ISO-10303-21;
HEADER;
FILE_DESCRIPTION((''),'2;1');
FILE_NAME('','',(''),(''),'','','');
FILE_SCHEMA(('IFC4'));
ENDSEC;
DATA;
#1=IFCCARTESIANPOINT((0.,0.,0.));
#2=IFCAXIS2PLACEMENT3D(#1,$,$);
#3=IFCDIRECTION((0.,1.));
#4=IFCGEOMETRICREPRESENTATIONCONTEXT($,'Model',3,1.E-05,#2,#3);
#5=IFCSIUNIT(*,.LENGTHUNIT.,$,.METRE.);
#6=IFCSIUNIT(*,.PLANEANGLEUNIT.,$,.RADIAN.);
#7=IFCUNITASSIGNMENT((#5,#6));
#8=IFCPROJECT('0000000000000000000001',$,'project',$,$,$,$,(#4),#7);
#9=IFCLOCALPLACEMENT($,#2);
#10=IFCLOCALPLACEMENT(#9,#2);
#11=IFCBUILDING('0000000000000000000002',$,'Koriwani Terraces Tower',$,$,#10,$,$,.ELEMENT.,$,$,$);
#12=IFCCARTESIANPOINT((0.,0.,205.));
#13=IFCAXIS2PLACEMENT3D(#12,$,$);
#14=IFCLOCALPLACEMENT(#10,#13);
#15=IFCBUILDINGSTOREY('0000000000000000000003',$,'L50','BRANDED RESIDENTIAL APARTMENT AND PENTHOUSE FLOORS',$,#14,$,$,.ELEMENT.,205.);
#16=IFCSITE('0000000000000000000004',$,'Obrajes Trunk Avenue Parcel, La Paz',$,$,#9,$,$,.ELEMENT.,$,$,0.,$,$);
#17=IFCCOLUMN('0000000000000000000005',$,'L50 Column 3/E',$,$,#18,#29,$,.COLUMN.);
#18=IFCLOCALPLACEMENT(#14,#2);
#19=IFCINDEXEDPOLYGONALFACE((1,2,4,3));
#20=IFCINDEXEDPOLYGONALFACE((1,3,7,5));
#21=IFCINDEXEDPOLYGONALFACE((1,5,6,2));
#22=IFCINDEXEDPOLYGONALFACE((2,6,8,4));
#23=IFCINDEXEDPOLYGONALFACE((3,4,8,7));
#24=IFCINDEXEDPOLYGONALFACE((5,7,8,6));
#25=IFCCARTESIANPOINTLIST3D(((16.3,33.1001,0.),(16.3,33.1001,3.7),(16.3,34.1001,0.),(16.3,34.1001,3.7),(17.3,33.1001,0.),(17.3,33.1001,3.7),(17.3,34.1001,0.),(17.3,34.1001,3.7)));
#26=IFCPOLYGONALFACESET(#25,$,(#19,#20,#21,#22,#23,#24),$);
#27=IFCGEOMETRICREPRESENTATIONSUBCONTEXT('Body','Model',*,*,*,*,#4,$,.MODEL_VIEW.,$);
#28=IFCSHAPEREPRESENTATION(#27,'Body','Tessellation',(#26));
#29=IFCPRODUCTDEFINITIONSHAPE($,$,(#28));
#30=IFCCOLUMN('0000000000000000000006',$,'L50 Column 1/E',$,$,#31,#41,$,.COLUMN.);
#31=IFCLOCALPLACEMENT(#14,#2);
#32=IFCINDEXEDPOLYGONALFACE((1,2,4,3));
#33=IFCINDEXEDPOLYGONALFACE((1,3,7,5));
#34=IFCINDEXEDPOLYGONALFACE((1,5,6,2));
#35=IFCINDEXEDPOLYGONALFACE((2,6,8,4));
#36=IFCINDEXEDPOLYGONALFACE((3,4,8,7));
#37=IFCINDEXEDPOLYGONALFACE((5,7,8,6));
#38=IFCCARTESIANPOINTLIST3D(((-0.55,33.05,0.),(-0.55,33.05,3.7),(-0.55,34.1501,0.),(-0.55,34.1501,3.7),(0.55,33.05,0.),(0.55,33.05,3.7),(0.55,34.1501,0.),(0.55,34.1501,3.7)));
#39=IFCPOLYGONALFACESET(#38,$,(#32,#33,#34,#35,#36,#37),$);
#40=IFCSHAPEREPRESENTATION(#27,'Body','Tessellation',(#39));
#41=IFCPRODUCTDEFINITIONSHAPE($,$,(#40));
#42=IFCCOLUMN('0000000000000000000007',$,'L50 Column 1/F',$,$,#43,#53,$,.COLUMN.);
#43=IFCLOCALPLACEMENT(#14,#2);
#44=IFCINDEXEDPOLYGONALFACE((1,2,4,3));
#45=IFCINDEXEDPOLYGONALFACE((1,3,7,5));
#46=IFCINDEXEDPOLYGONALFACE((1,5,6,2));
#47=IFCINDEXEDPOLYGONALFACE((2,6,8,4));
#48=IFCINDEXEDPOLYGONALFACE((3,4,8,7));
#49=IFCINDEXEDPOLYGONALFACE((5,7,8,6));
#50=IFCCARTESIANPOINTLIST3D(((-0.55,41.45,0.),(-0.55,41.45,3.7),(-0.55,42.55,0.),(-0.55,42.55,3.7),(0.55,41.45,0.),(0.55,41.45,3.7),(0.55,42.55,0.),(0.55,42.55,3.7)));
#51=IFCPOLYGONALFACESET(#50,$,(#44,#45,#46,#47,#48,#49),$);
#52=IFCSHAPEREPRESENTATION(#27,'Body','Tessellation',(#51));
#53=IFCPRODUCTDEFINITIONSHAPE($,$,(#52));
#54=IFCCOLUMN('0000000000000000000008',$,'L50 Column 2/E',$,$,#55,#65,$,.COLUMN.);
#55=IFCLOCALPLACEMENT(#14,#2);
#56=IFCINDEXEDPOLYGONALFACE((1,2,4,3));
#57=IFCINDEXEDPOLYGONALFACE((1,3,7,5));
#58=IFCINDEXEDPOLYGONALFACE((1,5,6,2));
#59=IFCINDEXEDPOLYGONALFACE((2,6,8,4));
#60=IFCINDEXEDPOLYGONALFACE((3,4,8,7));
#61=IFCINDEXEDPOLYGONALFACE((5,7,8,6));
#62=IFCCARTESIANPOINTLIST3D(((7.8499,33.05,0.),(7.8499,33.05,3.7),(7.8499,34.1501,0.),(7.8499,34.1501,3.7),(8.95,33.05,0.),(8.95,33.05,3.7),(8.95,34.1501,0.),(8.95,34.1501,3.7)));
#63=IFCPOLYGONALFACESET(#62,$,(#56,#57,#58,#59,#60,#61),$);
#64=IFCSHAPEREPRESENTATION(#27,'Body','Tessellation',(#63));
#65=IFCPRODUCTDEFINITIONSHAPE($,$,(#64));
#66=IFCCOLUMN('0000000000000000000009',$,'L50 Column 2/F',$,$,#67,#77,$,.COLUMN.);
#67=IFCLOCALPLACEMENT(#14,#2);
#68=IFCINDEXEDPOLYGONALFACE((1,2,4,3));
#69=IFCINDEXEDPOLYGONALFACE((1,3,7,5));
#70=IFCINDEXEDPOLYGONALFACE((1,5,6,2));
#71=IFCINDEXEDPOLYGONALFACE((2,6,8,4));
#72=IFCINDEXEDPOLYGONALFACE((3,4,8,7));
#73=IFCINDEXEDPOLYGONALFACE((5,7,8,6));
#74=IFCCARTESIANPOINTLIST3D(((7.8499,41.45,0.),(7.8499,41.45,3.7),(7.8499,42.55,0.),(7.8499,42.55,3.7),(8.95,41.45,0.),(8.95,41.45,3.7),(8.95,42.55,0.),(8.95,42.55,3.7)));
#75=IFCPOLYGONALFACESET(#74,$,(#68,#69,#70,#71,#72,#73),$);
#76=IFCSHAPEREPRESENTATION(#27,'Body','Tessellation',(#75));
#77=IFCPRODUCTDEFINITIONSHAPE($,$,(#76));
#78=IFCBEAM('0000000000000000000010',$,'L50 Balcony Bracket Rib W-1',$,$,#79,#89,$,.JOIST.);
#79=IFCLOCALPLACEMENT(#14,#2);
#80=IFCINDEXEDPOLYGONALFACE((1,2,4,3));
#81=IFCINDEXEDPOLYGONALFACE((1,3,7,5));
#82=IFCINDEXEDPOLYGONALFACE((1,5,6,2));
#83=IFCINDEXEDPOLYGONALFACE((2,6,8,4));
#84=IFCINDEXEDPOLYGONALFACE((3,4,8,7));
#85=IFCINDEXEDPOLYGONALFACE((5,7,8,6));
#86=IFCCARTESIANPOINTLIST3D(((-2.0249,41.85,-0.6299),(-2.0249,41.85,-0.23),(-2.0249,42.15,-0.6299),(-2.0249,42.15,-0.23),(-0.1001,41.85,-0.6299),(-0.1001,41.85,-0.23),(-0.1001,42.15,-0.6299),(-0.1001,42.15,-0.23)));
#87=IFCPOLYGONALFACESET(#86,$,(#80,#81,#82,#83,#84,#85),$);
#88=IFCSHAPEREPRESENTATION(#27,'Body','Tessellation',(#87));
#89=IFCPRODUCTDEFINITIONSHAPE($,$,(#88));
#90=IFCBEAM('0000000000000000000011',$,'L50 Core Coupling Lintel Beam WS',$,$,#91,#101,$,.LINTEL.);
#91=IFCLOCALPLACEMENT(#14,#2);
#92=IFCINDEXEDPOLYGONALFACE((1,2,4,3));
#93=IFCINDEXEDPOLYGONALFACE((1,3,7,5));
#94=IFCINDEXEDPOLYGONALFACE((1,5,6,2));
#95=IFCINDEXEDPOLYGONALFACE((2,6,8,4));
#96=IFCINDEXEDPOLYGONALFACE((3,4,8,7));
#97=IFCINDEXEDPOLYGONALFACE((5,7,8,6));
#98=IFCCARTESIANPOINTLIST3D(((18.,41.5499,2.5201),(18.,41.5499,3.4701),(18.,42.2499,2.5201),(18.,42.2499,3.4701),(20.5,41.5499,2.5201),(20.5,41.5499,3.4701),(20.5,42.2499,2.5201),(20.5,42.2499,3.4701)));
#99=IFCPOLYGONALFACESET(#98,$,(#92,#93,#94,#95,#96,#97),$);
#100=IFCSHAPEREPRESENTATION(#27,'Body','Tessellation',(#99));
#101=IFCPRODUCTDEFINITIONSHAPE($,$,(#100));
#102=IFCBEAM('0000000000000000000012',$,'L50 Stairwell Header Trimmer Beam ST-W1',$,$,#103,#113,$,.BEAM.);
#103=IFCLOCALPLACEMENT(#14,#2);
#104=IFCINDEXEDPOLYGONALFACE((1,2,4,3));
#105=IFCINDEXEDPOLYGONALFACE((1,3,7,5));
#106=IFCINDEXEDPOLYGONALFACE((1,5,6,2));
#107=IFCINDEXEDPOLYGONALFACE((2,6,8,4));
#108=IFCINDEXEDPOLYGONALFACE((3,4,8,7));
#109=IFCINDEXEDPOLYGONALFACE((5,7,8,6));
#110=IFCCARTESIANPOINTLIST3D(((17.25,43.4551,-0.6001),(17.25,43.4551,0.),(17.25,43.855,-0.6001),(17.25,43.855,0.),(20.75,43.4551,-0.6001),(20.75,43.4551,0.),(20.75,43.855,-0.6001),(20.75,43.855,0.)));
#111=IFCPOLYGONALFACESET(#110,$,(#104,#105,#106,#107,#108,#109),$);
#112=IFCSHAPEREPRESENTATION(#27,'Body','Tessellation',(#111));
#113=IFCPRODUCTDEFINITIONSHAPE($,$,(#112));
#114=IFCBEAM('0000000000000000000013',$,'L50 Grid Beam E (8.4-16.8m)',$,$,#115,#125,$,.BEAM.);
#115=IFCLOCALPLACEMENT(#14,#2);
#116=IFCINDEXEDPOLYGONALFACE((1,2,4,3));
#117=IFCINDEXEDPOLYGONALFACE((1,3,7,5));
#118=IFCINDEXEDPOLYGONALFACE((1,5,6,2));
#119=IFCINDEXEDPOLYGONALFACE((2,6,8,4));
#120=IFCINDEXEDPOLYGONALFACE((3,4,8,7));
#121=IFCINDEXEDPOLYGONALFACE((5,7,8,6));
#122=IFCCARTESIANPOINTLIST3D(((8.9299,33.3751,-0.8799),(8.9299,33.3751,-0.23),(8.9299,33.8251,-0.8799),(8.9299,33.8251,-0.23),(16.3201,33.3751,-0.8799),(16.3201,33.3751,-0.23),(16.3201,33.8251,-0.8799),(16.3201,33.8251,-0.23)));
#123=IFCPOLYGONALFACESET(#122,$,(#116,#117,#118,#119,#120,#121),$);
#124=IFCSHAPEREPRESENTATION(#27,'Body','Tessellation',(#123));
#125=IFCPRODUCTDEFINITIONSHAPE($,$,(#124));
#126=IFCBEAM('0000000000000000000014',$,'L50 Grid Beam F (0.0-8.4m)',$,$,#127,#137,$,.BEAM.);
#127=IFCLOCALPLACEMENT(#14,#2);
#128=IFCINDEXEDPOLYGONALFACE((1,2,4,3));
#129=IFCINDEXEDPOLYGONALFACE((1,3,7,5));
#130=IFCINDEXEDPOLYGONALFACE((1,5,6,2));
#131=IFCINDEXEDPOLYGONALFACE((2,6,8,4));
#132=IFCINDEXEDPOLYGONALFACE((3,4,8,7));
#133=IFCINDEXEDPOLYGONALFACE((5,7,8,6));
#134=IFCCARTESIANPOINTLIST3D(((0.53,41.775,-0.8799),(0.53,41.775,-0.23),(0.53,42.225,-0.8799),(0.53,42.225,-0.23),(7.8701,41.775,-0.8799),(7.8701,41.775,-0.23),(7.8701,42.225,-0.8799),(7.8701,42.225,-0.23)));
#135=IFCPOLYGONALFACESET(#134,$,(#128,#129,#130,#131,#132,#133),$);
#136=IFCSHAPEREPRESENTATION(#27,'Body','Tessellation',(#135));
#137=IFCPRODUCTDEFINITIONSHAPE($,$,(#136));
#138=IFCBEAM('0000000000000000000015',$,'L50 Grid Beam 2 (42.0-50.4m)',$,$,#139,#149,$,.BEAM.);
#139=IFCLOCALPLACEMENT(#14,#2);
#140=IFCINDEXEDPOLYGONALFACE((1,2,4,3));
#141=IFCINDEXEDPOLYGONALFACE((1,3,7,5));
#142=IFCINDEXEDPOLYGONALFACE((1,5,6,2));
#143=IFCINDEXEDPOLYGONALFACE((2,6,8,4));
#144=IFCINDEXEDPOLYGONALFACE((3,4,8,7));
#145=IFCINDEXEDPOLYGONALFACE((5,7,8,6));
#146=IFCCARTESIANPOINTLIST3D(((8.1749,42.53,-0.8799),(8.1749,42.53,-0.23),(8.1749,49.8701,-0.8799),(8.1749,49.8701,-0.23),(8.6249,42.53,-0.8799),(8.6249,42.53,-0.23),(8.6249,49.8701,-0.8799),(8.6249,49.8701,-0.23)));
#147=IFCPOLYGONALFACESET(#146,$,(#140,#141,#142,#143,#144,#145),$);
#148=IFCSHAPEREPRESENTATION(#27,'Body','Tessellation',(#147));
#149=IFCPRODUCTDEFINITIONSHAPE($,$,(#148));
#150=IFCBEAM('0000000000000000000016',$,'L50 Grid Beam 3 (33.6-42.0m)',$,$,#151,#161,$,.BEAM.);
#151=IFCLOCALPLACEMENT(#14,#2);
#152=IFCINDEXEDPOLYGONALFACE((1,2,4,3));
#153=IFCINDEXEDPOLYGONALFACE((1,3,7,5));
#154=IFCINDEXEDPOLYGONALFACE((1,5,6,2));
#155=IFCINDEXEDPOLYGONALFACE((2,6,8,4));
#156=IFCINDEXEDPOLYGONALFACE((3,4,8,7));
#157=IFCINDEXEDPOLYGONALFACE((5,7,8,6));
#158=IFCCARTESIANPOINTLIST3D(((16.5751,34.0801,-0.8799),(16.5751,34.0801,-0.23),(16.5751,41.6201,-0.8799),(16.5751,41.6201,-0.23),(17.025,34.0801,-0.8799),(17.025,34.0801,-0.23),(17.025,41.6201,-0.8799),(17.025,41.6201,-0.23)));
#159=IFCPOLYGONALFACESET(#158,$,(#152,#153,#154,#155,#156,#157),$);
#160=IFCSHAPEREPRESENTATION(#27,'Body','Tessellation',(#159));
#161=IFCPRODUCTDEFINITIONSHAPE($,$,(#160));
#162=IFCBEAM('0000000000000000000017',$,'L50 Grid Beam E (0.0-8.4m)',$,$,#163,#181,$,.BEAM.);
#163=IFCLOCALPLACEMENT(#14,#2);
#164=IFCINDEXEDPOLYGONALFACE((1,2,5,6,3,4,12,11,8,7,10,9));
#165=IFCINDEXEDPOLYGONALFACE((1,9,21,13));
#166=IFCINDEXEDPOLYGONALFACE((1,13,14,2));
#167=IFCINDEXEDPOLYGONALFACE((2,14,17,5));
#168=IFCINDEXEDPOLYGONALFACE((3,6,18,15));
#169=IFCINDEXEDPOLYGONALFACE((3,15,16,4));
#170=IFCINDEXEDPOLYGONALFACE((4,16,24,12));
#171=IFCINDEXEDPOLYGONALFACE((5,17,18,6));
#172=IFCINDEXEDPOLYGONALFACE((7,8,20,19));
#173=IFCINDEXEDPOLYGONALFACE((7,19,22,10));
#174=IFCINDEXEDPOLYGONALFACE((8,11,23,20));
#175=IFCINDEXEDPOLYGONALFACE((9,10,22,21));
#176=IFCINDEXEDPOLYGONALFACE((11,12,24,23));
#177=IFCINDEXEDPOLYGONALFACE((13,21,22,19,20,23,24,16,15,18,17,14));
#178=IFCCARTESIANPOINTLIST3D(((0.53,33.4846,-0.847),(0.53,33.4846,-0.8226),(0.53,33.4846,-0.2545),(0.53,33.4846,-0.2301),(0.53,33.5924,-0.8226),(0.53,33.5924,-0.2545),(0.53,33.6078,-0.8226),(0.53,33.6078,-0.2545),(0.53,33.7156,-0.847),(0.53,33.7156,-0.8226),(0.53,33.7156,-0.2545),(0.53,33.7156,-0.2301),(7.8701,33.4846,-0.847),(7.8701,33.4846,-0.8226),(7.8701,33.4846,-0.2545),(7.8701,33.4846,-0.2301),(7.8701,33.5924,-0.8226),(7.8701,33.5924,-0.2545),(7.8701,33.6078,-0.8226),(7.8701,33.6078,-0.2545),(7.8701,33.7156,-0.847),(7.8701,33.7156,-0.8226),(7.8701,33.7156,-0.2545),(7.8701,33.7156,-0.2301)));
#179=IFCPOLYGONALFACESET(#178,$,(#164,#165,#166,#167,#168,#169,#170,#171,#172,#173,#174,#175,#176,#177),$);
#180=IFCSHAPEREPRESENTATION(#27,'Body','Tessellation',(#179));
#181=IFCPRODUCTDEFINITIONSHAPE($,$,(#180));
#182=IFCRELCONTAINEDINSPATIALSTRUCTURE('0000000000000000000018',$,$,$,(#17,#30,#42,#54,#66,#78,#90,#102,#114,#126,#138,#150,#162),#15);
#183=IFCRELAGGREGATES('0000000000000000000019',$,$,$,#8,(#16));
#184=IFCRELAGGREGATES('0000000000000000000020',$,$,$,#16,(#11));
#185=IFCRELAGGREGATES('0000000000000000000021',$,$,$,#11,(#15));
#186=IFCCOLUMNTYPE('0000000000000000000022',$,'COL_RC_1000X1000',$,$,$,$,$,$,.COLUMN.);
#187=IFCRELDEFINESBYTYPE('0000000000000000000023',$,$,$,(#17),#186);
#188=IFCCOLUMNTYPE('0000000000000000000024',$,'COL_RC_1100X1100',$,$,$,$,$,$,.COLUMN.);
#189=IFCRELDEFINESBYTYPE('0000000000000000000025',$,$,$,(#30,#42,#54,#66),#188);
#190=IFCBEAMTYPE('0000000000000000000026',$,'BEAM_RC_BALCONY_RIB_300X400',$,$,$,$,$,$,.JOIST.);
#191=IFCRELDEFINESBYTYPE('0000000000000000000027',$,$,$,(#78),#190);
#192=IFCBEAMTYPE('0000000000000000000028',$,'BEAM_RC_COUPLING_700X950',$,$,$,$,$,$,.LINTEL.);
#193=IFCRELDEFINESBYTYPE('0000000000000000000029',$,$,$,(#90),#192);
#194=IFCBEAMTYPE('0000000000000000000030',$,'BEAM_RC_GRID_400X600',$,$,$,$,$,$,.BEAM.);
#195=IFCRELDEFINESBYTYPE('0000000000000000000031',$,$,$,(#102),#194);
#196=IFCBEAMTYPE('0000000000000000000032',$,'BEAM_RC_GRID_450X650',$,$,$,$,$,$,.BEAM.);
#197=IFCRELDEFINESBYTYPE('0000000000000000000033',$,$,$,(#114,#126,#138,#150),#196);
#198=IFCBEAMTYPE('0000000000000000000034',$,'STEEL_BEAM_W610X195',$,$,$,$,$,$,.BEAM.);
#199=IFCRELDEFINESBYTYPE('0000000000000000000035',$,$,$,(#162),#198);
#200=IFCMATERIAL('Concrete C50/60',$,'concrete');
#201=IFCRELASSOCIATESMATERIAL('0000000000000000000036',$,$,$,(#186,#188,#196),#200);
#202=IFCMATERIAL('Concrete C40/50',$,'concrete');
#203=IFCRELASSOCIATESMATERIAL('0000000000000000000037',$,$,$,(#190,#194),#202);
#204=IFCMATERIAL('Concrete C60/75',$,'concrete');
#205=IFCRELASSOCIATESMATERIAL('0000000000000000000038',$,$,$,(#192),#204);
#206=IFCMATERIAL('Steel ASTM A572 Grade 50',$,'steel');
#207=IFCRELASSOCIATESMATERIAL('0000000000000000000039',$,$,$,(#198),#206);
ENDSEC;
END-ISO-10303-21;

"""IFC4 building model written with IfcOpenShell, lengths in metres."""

from ifc_helpers import new_model, si_unit, direction, frame, origin, origin_2d, place, context, subcontext, project, spatial, rectangle, i_section, extrude, material, material_profile, profile_set, type_object, element, save


model = new_model("IFC4")

# Units and contexts
model_context = context("Model", 3, precision=1e-05, world=origin(), true_north=direction((0.0, 1.0)))
body_context = subcontext(model_context, "Body", "Model", "MODEL_VIEW")
ifc_project = project(units=[si_unit("LENGTHUNIT", "METRE"), si_unit("PLANEANGLEUNIT", "RADIAN")], contexts=[model_context])

# Site, building, storey
site_placement = place(None, origin())
site = spatial("IfcSite", under=ifc_project, at=site_placement, Name="Obrajes Trunk Avenue Parcel, La Paz", CompositionType="ELEMENT", RefElevation=0.0)
building_placement = place(site_placement, origin())
building = spatial("IfcBuilding", under=site, at=building_placement, Name="Koriwani Terraces Tower", CompositionType="ELEMENT")
storey_placement = place(building_placement, frame((0.0, 0.0, 205.0)))
storey = spatial("IfcBuildingStorey", under=building, at=storey_placement, Name="L50", Description="BRANDED RESIDENTIAL APARTMENT AND PENTHOUSE FLOORS", CompositionType="ELEMENT", Elevation=205.0)

# Columns
ifc_material_1 = material(Name="Concrete C50/60", Category="concrete")
ifc_material_profile_1 = material_profile(ifc_material_1, rectangle(XDim=1.0, YDim=1.0, at=origin_2d()), Name="Concrete C50/60", Category="LoadBearing")
ifc_profile_set_1 = profile_set([ifc_material_profile_1], Name="Concrete C50/60")
column_type_1 = type_object("IfcColumnType", Name="COL_RC_1000X1000", PredefinedType="COLUMN", material=ifc_profile_set_1)
column_placement = place(storey_placement, frame((16.8, 33.6001, 0.0), z_axis=(0.0, 0.0, 1.0), x_axis=(1.0, 0.0, 0.0)))
element("IfcColumn", 1, at=column_placement, inside=storey, type_object=column_type_1, Name="L50 Column 3/E", PredefinedType="COLUMN", context=body_context, shape_type="SweptSolid", body=[
    extrude(rectangle(XDim=1.0, YDim=1.0, at=origin_2d()), origin(), (0.0, 0.0, 1.0), 3.7),
])
ifc_material_profile_2 = material_profile(ifc_material_1, rectangle(XDim=1.1001, YDim=1.1001, at=origin_2d()), Name="Concrete C50/60", Category="LoadBearing")
ifc_profile_set_2 = profile_set([ifc_material_profile_2], Name="Concrete C50/60")
column_type_2 = type_object("IfcColumnType", Name="COL_RC_1100X1100", PredefinedType="COLUMN", material=ifc_profile_set_2)
for number, where, z_axis, x_axis, name in (
    (2, (0.0, 33.6001, 0.0), (0.0, 0.0, 1.0), (1.0, 0.0, 0.0), "L50 Column 1/E"),
    (3, (0.0, 42.0, 0.0), (0.0, 0.0, 1.0), (1.0, 0.0, 0.0), "L50 Column 1/F"),
    (4, (8.3999, 33.6001, 0.0), (0.0, 0.0, 1.0), (1.0, 0.0, 0.0), "L50 Column 2/E"),
    (5, (8.3999, 42.0, 0.0), (0.0, 0.0, 1.0), (1.0, 0.0, 0.0), "L50 Column 2/F"),
):
    element("IfcColumn", number, at=place(storey_placement, frame(where, z_axis=z_axis, x_axis=x_axis)), inside=storey, type_object=column_type_2, Name=name, PredefinedType="COLUMN", context=body_context, shape_type="SweptSolid", body=[
        extrude(rectangle(XDim=1.1001, YDim=1.1001, at=origin_2d()), origin(), (0.0, 0.0, 1.0), 3.7),
    ])

# Beams
ifc_material_2 = material(Name="Concrete C40/50", Category="concrete")
ifc_material_profile_3 = material_profile(ifc_material_2, rectangle(XDim=0.3, YDim=0.3999, at=origin_2d()), Name="Concrete C40/50", Category="LoadBearing")
ifc_profile_set_3 = profile_set([ifc_material_profile_3], Name="Concrete C40/50")
beam_type_1 = type_object("IfcBeamType", Name="BEAM_RC_BALCONY_RIB_300X400", PredefinedType="JOIST", material=ifc_profile_set_3)
beam_1_placement = place(storey_placement, frame((-2.0249, 42.0, -0.4299), z_axis=(1.0, 0.0, 0.0), x_axis=(0.0, 1.0, 0.0)))
element("IfcBeam", 6, at=beam_1_placement, inside=storey, type_object=beam_type_1, Name="L50 Balcony Bracket Rib W-1", PredefinedType="JOIST", context=body_context, shape_type="SweptSolid", body=[
    extrude(rectangle(XDim=0.3, YDim=0.3999, at=origin_2d()), origin(), (0.0, 0.0, 1.0), 1.9248),
])
ifc_material_3 = material(Name="Concrete C60/75", Category="concrete")
ifc_material_profile_4 = material_profile(ifc_material_3, rectangle(XDim=0.7, YDim=0.95, at=origin_2d()), Name="Concrete C60/75", Category="LoadBearing")
ifc_profile_set_4 = profile_set([ifc_material_profile_4], Name="Concrete C60/75")
beam_type_2 = type_object("IfcBeamType", Name="BEAM_RC_COUPLING_700X950", PredefinedType="LINTEL", material=ifc_profile_set_4)
beam_2_placement = place(storey_placement, frame((18.0, 41.8999, 2.9951), z_axis=(1.0, 0.0, 0.0), x_axis=(0.0, 1.0, 0.0)))
element("IfcBeam", 7, at=beam_2_placement, inside=storey, type_object=beam_type_2, Name="L50 Core Coupling Lintel Beam WS", PredefinedType="LINTEL", context=body_context, shape_type="SweptSolid", body=[
    extrude(rectangle(XDim=0.7, YDim=0.95, at=origin_2d()), origin(), (0.0, 0.0, 1.0), 2.5),
])
ifc_material_profile_5 = material_profile(ifc_material_2, rectangle(XDim=0.3999, YDim=0.6001, at=origin_2d()), Name="Concrete C40/50", Category="LoadBearing")
ifc_profile_set_5 = profile_set([ifc_material_profile_5], Name="Concrete C40/50")
beam_type_3 = type_object("IfcBeamType", Name="BEAM_RC_GRID_400X600", PredefinedType="BEAM", material=ifc_profile_set_5)
beam_3_placement = place(storey_placement, frame((17.25, 43.655, -0.3), z_axis=(1.0, 0.0, 0.0), x_axis=(0.0, 1.0, 0.0)))
element("IfcBeam", 8, at=beam_3_placement, inside=storey, type_object=beam_type_3, Name="L50 Stairwell Header Trimmer Beam ST-W1", PredefinedType="BEAM", context=body_context, shape_type="SweptSolid", body=[
    extrude(rectangle(XDim=0.3999, YDim=0.6001, at=origin_2d()), origin(), (0.0, 0.0, 1.0), 3.5),
])
ifc_material_profile_6 = material_profile(ifc_material_1, rectangle(XDim=0.45, YDim=0.6499, at=origin_2d()), Name="Concrete C50/60", Category="LoadBearing")
ifc_profile_set_6 = profile_set([ifc_material_profile_6], Name="Concrete C50/60")
beam_type_4 = type_object("IfcBeamType", Name="BEAM_RC_GRID_450X650", PredefinedType="BEAM", material=ifc_profile_set_6)
beam_4_placement = place(storey_placement, frame((8.9299, 33.6001, -0.5549), z_axis=(1.0, 0.0, 0.0), x_axis=(0.0, 1.0, 0.0)))
element("IfcBeam", 9, at=beam_4_placement, inside=storey, type_object=beam_type_4, Name="L50 Grid Beam E (8.4-16.8m)", PredefinedType="BEAM", context=body_context, shape_type="SweptSolid", body=[
    extrude(rectangle(XDim=0.45, YDim=0.6499, at=origin_2d()), origin(), (0.0, 0.0, 1.0), 7.3901),
])
for number, where, z_axis, x_axis, name in (
    (10, (0.53, 42.0, -0.5549), (1.0, 0.0, 0.0), (0.0, 1.0, 0.0), "L50 Grid Beam F (0.0-8.4m)"),
    (11, (8.3999, 42.53, -0.5549), (0.0, 1.0, 0.0), (-1.0, 0.0, 0.0), "L50 Grid Beam 2 (42.0-50.4m)"),
):
    element("IfcBeam", number, at=place(storey_placement, frame(where, z_axis=z_axis, x_axis=x_axis)), inside=storey, type_object=beam_type_4, Name=name, PredefinedType="BEAM", context=body_context, shape_type="SweptSolid", body=[
        extrude(rectangle(XDim=0.45, YDim=0.6499, at=origin_2d()), origin(), (0.0, 0.0, 1.0), 7.3401),
    ])
beam_5_placement = place(storey_placement, frame((16.8, 34.0801, -0.5549), z_axis=(0.0, 1.0, 0.0), x_axis=(-1.0, 0.0, 0.0)))
element("IfcBeam", 12, at=beam_5_placement, inside=storey, type_object=beam_type_4, Name="L50 Grid Beam 3 (33.6-42.0m)", PredefinedType="BEAM", context=body_context, shape_type="SweptSolid", body=[
    extrude(rectangle(XDim=0.45, YDim=0.6499, at=origin_2d()), origin(), (0.0, 0.0, 1.0), 7.54),
])
ifc_material_4 = material(Name="Steel ASTM A572 Grade 50", Category="steel")
ifc_material_profile_7 = material_profile(ifc_material_4, i_section(OverallWidth=0.231, OverallDepth=0.6169, WebThickness=0.0154, FlangeThickness=0.0244, at=origin_2d()), Name="Steel ASTM A572 Grade 50", Category="LoadBearing")
ifc_profile_set_7 = profile_set([ifc_material_profile_7], Name="Steel ASTM A572 Grade 50")
beam_type_5 = type_object("IfcBeamType", Name="STEEL_BEAM_W610X195", PredefinedType="BEAM", material=ifc_profile_set_7)
beam_6_placement = place(storey_placement, frame((0.53, 33.6001, -0.5386), z_axis=(1.0, 0.0, 0.0), x_axis=(0.0, 1.0, 0.0)))
element("IfcBeam", 13, at=beam_6_placement, inside=storey, type_object=beam_type_5, Name="L50 Grid Beam E (0.0-8.4m)", PredefinedType="BEAM", context=body_context, shape_type="SweptSolid", body=[
    extrude(i_section(OverallWidth=0.231, OverallDepth=0.6169, WebThickness=0.0154, FlangeThickness=0.0244, at=origin_2d()), origin(), (0.0, 0.0, 1.0), 7.3401),
])

save(model, "model.ifc")
